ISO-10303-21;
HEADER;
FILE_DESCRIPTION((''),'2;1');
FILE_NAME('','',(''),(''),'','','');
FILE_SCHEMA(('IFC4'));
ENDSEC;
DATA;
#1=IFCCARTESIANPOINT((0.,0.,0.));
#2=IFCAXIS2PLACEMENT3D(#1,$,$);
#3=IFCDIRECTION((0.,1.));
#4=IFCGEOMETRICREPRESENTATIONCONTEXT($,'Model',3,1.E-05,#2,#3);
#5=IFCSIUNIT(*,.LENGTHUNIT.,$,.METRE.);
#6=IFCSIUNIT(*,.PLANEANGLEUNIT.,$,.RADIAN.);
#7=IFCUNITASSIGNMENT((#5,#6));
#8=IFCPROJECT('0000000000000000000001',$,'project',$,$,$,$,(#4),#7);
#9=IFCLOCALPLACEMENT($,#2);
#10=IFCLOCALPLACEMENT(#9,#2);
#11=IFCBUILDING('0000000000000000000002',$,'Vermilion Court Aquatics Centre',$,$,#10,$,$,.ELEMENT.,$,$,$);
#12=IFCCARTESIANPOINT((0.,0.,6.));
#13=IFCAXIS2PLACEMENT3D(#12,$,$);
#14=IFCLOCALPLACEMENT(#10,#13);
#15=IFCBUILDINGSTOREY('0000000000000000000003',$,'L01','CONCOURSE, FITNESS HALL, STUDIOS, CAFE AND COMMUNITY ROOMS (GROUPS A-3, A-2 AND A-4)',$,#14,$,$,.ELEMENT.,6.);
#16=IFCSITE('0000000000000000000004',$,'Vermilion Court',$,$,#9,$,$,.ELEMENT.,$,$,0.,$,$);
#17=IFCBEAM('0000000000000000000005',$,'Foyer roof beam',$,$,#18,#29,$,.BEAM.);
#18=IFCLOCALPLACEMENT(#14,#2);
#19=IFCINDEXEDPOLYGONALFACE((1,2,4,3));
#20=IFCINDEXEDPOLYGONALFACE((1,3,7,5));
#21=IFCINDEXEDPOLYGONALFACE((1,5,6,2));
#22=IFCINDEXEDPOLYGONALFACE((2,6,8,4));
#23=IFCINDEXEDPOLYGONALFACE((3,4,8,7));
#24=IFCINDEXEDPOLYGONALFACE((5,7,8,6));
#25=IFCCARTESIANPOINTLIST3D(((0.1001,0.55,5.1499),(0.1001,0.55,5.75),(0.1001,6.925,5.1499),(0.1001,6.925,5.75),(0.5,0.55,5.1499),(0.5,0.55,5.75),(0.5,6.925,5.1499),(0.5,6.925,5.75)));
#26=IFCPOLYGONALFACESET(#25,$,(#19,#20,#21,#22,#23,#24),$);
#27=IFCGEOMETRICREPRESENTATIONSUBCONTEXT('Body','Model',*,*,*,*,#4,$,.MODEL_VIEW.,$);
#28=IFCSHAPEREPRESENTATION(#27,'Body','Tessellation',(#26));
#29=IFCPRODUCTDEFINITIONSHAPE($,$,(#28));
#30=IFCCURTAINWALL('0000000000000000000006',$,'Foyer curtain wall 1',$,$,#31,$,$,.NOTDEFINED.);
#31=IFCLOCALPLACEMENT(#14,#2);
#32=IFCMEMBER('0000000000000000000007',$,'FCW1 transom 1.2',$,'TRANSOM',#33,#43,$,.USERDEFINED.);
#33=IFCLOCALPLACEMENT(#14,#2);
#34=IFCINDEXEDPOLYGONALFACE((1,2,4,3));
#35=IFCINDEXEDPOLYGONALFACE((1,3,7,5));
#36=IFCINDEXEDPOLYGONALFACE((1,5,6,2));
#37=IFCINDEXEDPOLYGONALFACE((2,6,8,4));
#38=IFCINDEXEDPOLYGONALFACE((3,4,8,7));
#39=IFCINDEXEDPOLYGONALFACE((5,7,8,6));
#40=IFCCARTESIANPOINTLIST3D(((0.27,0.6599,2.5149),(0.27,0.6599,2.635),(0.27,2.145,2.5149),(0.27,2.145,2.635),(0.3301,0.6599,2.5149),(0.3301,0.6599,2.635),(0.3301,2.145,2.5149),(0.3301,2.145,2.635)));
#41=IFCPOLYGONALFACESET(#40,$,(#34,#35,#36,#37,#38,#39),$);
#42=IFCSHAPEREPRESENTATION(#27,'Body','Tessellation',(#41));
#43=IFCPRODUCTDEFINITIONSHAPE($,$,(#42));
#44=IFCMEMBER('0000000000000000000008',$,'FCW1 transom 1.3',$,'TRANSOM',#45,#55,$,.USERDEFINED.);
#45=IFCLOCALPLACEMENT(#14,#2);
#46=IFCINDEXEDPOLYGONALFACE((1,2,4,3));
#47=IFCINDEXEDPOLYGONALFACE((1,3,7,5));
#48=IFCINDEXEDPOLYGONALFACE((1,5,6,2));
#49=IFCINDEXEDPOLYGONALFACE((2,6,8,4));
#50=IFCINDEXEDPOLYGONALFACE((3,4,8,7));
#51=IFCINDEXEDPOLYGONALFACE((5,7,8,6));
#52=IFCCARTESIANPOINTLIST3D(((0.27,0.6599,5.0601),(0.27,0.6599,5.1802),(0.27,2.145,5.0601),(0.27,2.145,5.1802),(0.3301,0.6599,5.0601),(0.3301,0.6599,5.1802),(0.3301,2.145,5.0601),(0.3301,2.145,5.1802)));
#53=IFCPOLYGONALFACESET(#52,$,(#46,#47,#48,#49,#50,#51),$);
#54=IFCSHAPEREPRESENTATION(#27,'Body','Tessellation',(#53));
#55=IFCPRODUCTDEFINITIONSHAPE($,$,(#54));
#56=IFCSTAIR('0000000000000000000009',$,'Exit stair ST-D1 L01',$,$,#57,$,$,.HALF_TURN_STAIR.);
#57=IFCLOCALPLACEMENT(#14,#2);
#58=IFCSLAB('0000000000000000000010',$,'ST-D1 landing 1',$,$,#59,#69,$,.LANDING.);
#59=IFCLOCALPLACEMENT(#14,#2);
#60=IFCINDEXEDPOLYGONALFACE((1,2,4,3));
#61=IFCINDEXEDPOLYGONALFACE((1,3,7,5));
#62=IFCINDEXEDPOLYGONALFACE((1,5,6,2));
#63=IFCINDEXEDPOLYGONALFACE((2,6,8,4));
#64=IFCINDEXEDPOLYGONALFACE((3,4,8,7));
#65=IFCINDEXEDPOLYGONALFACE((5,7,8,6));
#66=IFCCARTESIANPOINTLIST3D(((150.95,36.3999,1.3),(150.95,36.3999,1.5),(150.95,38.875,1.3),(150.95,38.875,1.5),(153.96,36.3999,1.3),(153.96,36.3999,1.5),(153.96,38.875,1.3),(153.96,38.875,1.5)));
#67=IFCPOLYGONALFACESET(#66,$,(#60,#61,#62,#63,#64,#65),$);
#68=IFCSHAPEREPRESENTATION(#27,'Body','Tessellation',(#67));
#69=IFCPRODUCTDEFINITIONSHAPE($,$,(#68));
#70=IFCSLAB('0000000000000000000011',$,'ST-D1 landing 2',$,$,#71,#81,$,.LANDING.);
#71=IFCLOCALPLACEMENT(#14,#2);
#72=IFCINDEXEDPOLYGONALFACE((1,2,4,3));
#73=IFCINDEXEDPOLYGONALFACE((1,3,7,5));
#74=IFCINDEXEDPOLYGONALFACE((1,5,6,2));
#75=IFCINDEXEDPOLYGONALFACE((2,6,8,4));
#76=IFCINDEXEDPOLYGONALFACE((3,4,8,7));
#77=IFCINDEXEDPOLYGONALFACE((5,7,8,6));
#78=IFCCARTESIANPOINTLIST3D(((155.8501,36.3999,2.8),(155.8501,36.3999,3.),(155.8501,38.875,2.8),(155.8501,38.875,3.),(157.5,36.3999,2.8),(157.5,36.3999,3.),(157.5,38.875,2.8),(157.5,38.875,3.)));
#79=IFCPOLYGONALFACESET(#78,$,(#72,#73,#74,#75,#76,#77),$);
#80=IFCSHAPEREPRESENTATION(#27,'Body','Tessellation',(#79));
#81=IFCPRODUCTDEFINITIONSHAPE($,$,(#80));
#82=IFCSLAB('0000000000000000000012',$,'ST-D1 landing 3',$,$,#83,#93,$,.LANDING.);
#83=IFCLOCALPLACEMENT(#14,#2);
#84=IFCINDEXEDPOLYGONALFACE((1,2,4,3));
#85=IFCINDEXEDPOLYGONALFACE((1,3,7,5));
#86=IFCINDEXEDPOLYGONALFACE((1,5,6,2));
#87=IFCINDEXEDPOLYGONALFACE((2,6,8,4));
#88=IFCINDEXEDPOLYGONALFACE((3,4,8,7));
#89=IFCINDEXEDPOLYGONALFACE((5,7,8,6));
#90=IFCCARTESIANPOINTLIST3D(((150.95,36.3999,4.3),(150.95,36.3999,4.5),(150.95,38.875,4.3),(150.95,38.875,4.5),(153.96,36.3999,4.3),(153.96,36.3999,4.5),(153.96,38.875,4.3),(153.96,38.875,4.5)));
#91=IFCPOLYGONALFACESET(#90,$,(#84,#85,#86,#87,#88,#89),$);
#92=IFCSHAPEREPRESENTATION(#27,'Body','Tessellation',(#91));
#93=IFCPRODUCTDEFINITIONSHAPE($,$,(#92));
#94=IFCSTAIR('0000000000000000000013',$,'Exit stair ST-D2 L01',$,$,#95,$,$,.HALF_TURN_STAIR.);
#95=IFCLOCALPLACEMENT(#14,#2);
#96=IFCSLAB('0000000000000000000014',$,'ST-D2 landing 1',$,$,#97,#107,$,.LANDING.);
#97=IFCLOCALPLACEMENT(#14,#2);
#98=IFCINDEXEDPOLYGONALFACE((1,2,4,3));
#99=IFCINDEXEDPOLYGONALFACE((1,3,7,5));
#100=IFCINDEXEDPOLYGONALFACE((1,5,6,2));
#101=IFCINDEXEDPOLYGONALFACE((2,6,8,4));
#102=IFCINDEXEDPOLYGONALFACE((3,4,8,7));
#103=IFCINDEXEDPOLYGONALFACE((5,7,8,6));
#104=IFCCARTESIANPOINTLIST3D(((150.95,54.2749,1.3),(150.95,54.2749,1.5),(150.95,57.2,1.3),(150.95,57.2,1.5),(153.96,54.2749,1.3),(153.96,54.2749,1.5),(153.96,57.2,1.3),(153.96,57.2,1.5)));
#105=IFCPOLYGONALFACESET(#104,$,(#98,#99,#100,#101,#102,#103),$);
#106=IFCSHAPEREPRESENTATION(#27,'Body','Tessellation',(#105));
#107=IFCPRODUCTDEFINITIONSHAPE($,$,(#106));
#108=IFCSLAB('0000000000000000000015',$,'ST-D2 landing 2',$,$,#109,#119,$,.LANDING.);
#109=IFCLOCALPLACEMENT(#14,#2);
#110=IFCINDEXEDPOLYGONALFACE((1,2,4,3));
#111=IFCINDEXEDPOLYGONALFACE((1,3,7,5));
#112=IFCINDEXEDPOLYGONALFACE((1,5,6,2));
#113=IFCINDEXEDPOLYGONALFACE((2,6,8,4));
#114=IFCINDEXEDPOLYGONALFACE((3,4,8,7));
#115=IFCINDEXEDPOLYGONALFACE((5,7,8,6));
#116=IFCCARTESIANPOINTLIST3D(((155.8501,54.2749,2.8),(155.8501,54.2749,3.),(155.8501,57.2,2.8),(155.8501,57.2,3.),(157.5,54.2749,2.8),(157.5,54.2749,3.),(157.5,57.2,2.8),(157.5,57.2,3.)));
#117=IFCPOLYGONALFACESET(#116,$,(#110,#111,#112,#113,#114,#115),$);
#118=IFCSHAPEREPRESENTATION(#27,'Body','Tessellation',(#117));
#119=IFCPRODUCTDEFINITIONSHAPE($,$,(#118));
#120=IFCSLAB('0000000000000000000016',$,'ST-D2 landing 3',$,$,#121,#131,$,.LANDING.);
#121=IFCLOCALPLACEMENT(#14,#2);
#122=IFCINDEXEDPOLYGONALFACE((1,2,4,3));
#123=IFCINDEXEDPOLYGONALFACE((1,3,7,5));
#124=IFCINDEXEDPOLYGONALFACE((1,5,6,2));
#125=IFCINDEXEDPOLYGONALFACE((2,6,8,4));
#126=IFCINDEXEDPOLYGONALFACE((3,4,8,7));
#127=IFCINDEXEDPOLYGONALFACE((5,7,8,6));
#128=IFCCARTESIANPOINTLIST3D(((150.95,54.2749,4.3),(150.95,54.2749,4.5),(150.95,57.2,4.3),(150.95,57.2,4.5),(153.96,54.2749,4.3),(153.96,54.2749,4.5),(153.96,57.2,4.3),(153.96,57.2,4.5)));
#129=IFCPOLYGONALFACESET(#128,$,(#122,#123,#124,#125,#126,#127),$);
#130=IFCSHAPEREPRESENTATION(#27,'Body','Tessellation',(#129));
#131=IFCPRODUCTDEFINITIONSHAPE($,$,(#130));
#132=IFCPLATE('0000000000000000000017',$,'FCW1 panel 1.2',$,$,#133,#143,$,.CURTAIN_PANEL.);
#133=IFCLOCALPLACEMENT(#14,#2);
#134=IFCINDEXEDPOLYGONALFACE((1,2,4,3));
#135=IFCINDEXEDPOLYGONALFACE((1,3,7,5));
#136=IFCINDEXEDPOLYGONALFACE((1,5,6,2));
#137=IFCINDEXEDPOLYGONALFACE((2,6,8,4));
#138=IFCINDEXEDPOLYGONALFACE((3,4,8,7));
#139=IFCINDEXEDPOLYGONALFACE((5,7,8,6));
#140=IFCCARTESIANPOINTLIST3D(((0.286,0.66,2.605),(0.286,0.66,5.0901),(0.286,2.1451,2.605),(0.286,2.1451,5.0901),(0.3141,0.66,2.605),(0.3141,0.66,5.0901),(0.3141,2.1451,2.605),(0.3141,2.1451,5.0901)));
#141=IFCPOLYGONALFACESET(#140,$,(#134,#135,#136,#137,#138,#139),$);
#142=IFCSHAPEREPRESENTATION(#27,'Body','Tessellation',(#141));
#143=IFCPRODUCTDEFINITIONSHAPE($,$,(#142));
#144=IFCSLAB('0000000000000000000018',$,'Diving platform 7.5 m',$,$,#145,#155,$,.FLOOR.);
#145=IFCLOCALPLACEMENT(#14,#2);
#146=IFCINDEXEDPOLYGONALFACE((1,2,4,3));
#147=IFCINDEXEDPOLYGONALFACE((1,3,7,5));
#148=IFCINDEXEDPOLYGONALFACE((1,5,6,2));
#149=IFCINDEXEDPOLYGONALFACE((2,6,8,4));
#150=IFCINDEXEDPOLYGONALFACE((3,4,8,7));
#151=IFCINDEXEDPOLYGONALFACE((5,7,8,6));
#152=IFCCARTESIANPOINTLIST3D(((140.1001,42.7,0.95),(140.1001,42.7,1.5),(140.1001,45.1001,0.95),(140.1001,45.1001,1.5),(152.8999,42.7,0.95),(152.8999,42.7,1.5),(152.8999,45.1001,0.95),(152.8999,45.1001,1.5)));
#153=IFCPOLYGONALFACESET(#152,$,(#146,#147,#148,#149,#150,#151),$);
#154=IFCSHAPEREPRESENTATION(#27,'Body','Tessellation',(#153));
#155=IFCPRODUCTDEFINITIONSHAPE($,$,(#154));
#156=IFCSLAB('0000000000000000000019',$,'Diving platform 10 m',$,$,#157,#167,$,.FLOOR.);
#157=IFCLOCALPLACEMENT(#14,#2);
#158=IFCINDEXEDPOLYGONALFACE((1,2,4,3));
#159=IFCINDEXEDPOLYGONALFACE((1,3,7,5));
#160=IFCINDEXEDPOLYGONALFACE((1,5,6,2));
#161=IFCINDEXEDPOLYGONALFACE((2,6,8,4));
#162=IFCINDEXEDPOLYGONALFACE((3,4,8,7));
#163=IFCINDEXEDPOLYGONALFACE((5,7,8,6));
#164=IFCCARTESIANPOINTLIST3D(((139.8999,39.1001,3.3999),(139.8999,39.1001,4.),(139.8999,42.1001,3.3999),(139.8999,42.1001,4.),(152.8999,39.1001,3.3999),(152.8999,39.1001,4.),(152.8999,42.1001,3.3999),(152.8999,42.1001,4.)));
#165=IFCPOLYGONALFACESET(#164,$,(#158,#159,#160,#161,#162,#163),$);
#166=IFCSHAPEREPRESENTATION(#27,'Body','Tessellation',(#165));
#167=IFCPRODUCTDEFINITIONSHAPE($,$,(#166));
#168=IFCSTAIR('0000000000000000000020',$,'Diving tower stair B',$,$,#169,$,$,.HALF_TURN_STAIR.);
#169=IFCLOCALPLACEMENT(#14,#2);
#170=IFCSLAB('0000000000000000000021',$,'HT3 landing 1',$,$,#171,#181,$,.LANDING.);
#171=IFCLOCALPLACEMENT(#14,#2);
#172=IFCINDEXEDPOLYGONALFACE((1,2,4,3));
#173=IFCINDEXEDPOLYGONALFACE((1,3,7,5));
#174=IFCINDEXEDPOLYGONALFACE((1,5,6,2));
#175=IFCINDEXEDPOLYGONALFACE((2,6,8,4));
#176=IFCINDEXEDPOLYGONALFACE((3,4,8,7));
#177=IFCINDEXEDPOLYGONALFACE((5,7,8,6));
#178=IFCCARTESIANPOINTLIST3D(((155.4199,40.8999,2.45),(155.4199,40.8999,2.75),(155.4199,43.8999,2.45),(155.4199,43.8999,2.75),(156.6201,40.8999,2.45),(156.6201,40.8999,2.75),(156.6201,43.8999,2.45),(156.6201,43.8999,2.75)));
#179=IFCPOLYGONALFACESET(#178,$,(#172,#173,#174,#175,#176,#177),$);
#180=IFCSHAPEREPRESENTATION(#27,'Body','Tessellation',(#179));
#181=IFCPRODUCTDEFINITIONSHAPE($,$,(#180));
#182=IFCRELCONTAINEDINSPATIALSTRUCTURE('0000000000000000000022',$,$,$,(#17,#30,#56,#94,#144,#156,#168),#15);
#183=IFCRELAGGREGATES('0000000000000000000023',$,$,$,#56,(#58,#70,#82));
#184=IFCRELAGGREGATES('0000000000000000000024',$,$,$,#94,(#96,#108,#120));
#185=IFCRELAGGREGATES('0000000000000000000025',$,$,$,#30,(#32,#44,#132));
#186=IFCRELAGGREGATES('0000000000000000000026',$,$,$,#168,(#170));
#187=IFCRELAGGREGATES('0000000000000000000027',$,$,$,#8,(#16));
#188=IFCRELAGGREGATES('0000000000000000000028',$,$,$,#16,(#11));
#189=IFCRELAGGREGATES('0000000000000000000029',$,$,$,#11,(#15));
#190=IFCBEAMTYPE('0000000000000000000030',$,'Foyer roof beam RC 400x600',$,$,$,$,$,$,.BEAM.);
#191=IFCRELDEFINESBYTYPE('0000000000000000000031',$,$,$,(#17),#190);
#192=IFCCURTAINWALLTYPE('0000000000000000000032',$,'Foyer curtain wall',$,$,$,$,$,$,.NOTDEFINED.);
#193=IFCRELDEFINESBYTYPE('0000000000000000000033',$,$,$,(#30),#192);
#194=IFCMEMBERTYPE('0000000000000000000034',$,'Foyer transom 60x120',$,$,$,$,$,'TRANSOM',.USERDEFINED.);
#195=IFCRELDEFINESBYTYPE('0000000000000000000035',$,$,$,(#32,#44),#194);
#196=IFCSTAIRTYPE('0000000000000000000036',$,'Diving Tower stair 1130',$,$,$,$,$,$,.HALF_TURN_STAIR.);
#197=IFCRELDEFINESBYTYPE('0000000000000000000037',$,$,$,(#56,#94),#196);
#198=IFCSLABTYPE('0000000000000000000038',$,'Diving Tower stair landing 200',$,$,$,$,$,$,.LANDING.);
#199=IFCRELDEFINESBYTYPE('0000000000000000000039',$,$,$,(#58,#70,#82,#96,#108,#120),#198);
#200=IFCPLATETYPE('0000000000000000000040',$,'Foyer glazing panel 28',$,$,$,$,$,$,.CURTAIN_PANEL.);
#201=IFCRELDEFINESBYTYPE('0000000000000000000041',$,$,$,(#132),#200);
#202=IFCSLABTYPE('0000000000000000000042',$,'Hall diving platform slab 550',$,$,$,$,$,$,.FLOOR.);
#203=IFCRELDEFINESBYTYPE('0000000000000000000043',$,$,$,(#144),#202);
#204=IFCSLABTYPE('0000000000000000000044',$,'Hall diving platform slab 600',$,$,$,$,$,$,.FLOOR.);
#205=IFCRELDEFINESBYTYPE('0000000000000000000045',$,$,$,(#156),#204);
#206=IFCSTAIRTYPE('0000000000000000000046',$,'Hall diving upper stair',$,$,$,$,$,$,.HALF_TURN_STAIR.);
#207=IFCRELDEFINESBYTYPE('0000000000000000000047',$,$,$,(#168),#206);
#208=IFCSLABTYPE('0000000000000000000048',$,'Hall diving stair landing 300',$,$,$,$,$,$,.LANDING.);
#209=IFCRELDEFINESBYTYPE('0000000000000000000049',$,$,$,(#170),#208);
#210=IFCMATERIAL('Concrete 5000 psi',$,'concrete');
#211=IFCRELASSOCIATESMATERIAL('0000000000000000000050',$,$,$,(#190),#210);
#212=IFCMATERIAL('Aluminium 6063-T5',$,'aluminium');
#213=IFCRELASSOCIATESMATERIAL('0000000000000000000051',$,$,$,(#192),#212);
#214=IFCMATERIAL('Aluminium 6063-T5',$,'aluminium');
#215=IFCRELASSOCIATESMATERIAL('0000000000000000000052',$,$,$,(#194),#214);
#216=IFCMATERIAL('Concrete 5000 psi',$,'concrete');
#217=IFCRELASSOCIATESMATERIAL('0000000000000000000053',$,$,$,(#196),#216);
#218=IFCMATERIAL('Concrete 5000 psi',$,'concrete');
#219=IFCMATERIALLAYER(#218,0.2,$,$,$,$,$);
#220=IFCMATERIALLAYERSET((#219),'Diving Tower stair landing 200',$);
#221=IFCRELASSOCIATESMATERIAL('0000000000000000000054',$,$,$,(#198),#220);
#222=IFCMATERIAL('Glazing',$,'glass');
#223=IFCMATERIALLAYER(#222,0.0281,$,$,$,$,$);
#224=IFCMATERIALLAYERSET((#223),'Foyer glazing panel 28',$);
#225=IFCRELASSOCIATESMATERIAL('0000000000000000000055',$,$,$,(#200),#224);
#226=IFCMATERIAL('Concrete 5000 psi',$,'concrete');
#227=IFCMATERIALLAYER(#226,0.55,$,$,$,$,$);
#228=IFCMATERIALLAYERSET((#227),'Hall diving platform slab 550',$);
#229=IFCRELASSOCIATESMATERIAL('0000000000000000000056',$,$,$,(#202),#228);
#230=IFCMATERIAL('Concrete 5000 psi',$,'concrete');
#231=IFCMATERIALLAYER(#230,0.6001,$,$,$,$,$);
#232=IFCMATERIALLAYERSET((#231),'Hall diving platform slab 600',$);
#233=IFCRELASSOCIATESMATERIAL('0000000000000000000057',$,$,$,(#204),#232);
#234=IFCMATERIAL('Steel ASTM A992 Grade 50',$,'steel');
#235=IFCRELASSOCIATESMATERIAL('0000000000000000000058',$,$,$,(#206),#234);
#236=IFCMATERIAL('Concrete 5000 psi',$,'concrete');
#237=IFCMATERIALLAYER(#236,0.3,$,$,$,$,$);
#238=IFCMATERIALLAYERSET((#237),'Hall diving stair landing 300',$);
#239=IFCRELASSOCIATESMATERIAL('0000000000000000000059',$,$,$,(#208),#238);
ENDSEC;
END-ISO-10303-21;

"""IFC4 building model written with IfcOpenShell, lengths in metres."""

from ifc_helpers import new_model, si_unit, direction, frame, origin, origin_2d, place, context, subcontext, project, spatial, polyline, rectangle, outline, extrude, material, layer, layer_set, material_profile, profile_set, type_object, element, aggregate, save


model = new_model("IFC4")

# Units and contexts
model_context = context("Model", 3, precision=1e-05, world=origin(), true_north=direction((0.0, 1.0)))
body_context = subcontext(model_context, "Body", "Model", "MODEL_VIEW")
ifc_project = project(units=[si_unit("LENGTHUNIT", "METRE"), si_unit("PLANEANGLEUNIT", "RADIAN")], contexts=[model_context])

# Site, building, storey
site_placement = place(None, origin())
site = spatial("IfcSite", under=ifc_project, at=site_placement, Name="Vermilion Court", CompositionType="ELEMENT", RefElevation=0.0)
building_placement = place(site_placement, origin())
building = spatial("IfcBuilding", under=site, at=building_placement, Name="Vermilion Court Aquatics Centre", CompositionType="ELEMENT")
storey_placement = place(building_placement, frame((0.0, 0.0, 6.0)))
storey = spatial("IfcBuildingStorey", under=building, at=storey_placement, Name="L01", Description="CONCOURSE, FITNESS HALL, STUDIOS, CAFE AND COMMUNITY ROOMS (GROUPS A-3, A-2 AND A-4)", CompositionType="ELEMENT", Elevation=6.0)

# Beam
ifc_material_1 = material(Name="Concrete 5000 psi", Category="concrete")
ifc_material_profile_1 = material_profile(ifc_material_1, rectangle(XDim=0.3999, YDim=0.6001, at=origin_2d()), Name="RC 400x600")
ifc_profile_set_1 = profile_set([ifc_material_profile_1], Name="Concrete 5000 psi")
beam_type = type_object("IfcBeamType", Name="Foyer roof beam RC 400x600", PredefinedType="BEAM", material=ifc_profile_set_1)
beam_placement = place(storey_placement, frame((0.3, 0.55, 5.45), z_axis=(0.0, 1.0, 0.0), x_axis=(-1.0, 0.0, 0.0)))
element("IfcBeam", 1, at=beam_placement, inside=storey, type_object=beam_type, Name="Foyer roof beam", PredefinedType="BEAM", context=body_context, shape_type="SweptSolid", body=[
    extrude(rectangle(XDim=0.3999, YDim=0.6001, at=origin_2d()), origin(), (0.0, 0.0, 1.0), 6.375),
])

# Curtain wall, members
ifc_material_2 = material(Name="Aluminium 6063-T5", Category="aluminium")
curtain_wall_type = type_object("IfcCurtainWallType", Name="Foyer curtain wall", PredefinedType="NOTDEFINED", material=ifc_material_2)
curtain_wall_placement = place(storey_placement, origin())
curtain_wall = element("IfcCurtainWall", 2, at=curtain_wall_placement, inside=storey, type_object=curtain_wall_type, Name="Foyer curtain wall 1", PredefinedType="NOTDEFINED")
ifc_material_3 = material(Name="Aluminium 6063-T5", Category="aluminium")
ifc_material_profile_2 = material_profile(ifc_material_3, rectangle(XDim=0.0601, YDim=0.1201, at=origin_2d()), Name="Aluminium 60x120")
ifc_profile_set_2 = profile_set([ifc_material_profile_2], Name="Aluminium 6063-T5")
member_type = type_object("IfcMemberType", Name="Foyer transom 60x120", ElementType="TRANSOM", PredefinedType="USERDEFINED", material=ifc_profile_set_2)
member_1_placement = place(storey_placement, frame((0.3, 0.6599, 2.575), z_axis=(0.0, 1.0, 0.0), x_axis=(-1.0, 0.0, 0.0)))
member_1 = element("IfcMember", 3, at=member_1_placement, type_object=member_type, Name="FCW1 transom 1.2", ObjectType="TRANSOM", PredefinedType="USERDEFINED", context=body_context, shape_type="SweptSolid", body=[
    extrude(rectangle(XDim=0.0601, YDim=0.1201, at=origin_2d()), origin(), (0.0, 0.0, 1.0), 1.4851),
])
member_2_placement = place(storey_placement, frame((0.3, 0.6599, 5.1201), z_axis=(0.0, 1.0, 0.0), x_axis=(-1.0, 0.0, 0.0)))
member_2 = element("IfcMember", 4, at=member_2_placement, type_object=member_type, Name="FCW1 transom 1.3", ObjectType="TRANSOM", PredefinedType="USERDEFINED", context=body_context, shape_type="SweptSolid", body=[
    extrude(rectangle(XDim=0.0601, YDim=0.1201, at=origin_2d()), origin(), (0.0, 0.0, 1.0), 1.4851),
])

# Stairs, slabs
ifc_material_4 = material(Name="Concrete 5000 psi", Category="concrete")
stair_type_1 = type_object("IfcStairType", Name="Diving Tower stair 1130", PredefinedType="HALF_TURN_STAIR", material=ifc_material_4)
stair_1_placement = place(storey_placement, origin())
stair_1 = element("IfcStair", 5, at=stair_1_placement, inside=storey, type_object=stair_type_1, Name="Exit stair ST-D1 L01", PredefinedType="HALF_TURN_STAIR")
ifc_material_5 = material(Name="Concrete 5000 psi", Category="concrete")
ifc_layer_1 = layer(ifc_material_5, 0.2)
ifc_layer_set_1 = layer_set([ifc_layer_1], Name="Diving Tower stair landing 200")
slab_type_1 = type_object("IfcSlabType", Name="Diving Tower stair landing 200", PredefinedType="LANDING", material=ifc_layer_set_1)
slab_1_placement = place(storey_placement, frame((0.0, 0.0, 1.3)))
slab_1 = element("IfcSlab", 6, at=slab_1_placement, type_object=slab_type_1, Name="ST-D1 landing 1", PredefinedType="LANDING", context=body_context, shape_type="SweptSolid", body=[
    extrude(outline(polyline([(150.95, 36.3999), (153.96, 36.3999), (153.96, 38.875), (150.95, 38.875), (150.95, 36.3999)])), origin(), (0.0, 0.0, 1.0), 0.2),
])
slab_2_placement = place(storey_placement, frame((0.0, 0.0, 2.8)))
slab_2 = element("IfcSlab", 7, at=slab_2_placement, type_object=slab_type_1, Name="ST-D1 landing 2", PredefinedType="LANDING", context=body_context, shape_type="SweptSolid", body=[
    extrude(outline(polyline([(155.8501, 36.3999), (157.5, 36.3999), (157.5, 38.875), (155.8501, 38.875), (155.8501, 36.3999)])), origin(), (0.0, 0.0, 1.0), 0.2),
])
slab_3_placement = place(storey_placement, frame((0.0, 0.0, 4.3)))
slab_3 = element("IfcSlab", 8, at=slab_3_placement, type_object=slab_type_1, Name="ST-D1 landing 3", PredefinedType="LANDING", context=body_context, shape_type="SweptSolid", body=[
    extrude(outline(polyline([(150.95, 36.3999), (153.96, 36.3999), (153.96, 38.875), (150.95, 38.875), (150.95, 36.3999)])), origin(), (0.0, 0.0, 1.0), 0.2),
])
aggregate(stair_1, [slab_1, slab_2, slab_3])
stair_2_placement = place(storey_placement, origin())
stair_2 = element("IfcStair", 9, at=stair_2_placement, inside=storey, type_object=stair_type_1, Name="Exit stair ST-D2 L01", PredefinedType="HALF_TURN_STAIR")
slab_4_placement = place(storey_placement, frame((0.0, 0.0, 1.3)))
slab_4 = element("IfcSlab", 10, at=slab_4_placement, type_object=slab_type_1, Name="ST-D2 landing 1", PredefinedType="LANDING", context=body_context, shape_type="SweptSolid", body=[
    extrude(outline(polyline([(150.95, 54.2749), (153.96, 54.2749), (153.96, 57.2), (150.95, 57.2), (150.95, 54.2749)])), origin(), (0.0, 0.0, 1.0), 0.2),
])
slab_5_placement = place(storey_placement, frame((0.0, 0.0, 2.8)))
slab_5 = element("IfcSlab", 11, at=slab_5_placement, type_object=slab_type_1, Name="ST-D2 landing 2", PredefinedType="LANDING", context=body_context, shape_type="SweptSolid", body=[
    extrude(outline(polyline([(155.8501, 54.2749), (157.5, 54.2749), (157.5, 57.2), (155.8501, 57.2), (155.8501, 54.2749)])), origin(), (0.0, 0.0, 1.0), 0.2),
])
slab_6_placement = place(storey_placement, frame((0.0, 0.0, 4.3)))
slab_6 = element("IfcSlab", 12, at=slab_6_placement, type_object=slab_type_1, Name="ST-D2 landing 3", PredefinedType="LANDING", context=body_context, shape_type="SweptSolid", body=[
    extrude(outline(polyline([(150.95, 54.2749), (153.96, 54.2749), (153.96, 57.2), (150.95, 57.2), (150.95, 54.2749)])), origin(), (0.0, 0.0, 1.0), 0.2),
])
aggregate(stair_2, [slab_4, slab_5, slab_6])

# Plate
ifc_material_6 = material(Name="Glazing", Category="glass")
ifc_layer_2 = layer(ifc_material_6, 0.0281)
ifc_layer_set_2 = layer_set([ifc_layer_2], Name="Foyer glazing panel 28")
plate_type = type_object("IfcPlateType", Name="Foyer glazing panel 28", PredefinedType="CURTAIN_PANEL", material=ifc_layer_set_2)
plate_placement = place(storey_placement, frame((0.3, 1.4026, 2.605), z_axis=(0.0, 0.0, 1.0), x_axis=(0.0, 1.0, 0.0)))
plate = element("IfcPlate", 13, at=plate_placement, type_object=plate_type, Name="FCW1 panel 1.2", PredefinedType="CURTAIN_PANEL", context=body_context, shape_type="SweptSolid", body=[
    extrude(rectangle(XDim=1.4851, YDim=0.0281, at=origin_2d()), origin(), (0.0, 0.0, 1.0), 2.4851),
])
aggregate(curtain_wall, [member_1, member_2, plate])

# Slabs
ifc_material_7 = material(Name="Concrete 5000 psi", Category="concrete")
ifc_layer_3 = layer(ifc_material_7, 0.55)
ifc_layer_set_3 = layer_set([ifc_layer_3], Name="Hall diving platform slab 550")
slab_type_2 = type_object("IfcSlabType", Name="Hall diving platform slab 550", PredefinedType="FLOOR", material=ifc_layer_set_3)
slab_7_placement = place(storey_placement, frame((0.0, 0.0, 0.95)))
element("IfcSlab", 14, at=slab_7_placement, inside=storey, type_object=slab_type_2, Name="Diving platform 7.5 m", PredefinedType="FLOOR", context=body_context, shape_type="SweptSolid", body=[
    extrude(outline(polyline([(140.1001, 42.7), (152.8999, 42.7), (152.8999, 45.1001), (140.1001, 45.1001), (140.1001, 42.7)])), origin(), (0.0, 0.0, 1.0), 0.55),
])
ifc_material_8 = material(Name="Concrete 5000 psi", Category="concrete")
ifc_layer_4 = layer(ifc_material_8, 0.6001)
ifc_layer_set_4 = layer_set([ifc_layer_4], Name="Hall diving platform slab 600")
slab_type_3 = type_object("IfcSlabType", Name="Hall diving platform slab 600", PredefinedType="FLOOR", material=ifc_layer_set_4)
slab_8_placement = place(storey_placement, frame((0.0, 0.0, 3.3999)))
element("IfcSlab", 15, at=slab_8_placement, inside=storey, type_object=slab_type_3, Name="Diving platform 10 m", PredefinedType="FLOOR", context=body_context, shape_type="SweptSolid", body=[
    extrude(outline(polyline([(139.8999, 39.1001), (152.8999, 39.1001), (152.8999, 42.1001), (139.8999, 42.1001), (139.8999, 39.1001)])), origin(), (0.0, 0.0, 1.0), 0.6001),
])

# Stair, slab
ifc_material_9 = material(Name="Steel ASTM A992 Grade 50", Category="steel")
stair_type_2 = type_object("IfcStairType", Name="Hall diving upper stair", PredefinedType="HALF_TURN_STAIR", material=ifc_material_9)
stair_3_placement = place(storey_placement, origin())
stair_3 = element("IfcStair", 16, at=stair_3_placement, inside=storey, type_object=stair_type_2, Name="Diving tower stair B", PredefinedType="HALF_TURN_STAIR")
ifc_material_10 = material(Name="Concrete 5000 psi", Category="concrete")
ifc_layer_5 = layer(ifc_material_10, 0.3)
ifc_layer_set_5 = layer_set([ifc_layer_5], Name="Hall diving stair landing 300")
slab_type_4 = type_object("IfcSlabType", Name="Hall diving stair landing 300", PredefinedType="LANDING", material=ifc_layer_set_5)
slab_9_placement = place(storey_placement, frame((0.0, 0.0, 2.45)))
slab_9 = element("IfcSlab", 17, at=slab_9_placement, type_object=slab_type_4, Name="HT3 landing 1", PredefinedType="LANDING", context=body_context, shape_type="SweptSolid", body=[
    extrude(outline(polyline([(155.4199, 40.8999), (156.6201, 40.8999), (156.6201, 43.8999), (155.4199, 43.8999), (155.4199, 40.8999)])), origin(), (0.0, 0.0, 1.0), 0.3),
])
aggregate(stair_3, [slab_9])

save(model, "model.ifc")
